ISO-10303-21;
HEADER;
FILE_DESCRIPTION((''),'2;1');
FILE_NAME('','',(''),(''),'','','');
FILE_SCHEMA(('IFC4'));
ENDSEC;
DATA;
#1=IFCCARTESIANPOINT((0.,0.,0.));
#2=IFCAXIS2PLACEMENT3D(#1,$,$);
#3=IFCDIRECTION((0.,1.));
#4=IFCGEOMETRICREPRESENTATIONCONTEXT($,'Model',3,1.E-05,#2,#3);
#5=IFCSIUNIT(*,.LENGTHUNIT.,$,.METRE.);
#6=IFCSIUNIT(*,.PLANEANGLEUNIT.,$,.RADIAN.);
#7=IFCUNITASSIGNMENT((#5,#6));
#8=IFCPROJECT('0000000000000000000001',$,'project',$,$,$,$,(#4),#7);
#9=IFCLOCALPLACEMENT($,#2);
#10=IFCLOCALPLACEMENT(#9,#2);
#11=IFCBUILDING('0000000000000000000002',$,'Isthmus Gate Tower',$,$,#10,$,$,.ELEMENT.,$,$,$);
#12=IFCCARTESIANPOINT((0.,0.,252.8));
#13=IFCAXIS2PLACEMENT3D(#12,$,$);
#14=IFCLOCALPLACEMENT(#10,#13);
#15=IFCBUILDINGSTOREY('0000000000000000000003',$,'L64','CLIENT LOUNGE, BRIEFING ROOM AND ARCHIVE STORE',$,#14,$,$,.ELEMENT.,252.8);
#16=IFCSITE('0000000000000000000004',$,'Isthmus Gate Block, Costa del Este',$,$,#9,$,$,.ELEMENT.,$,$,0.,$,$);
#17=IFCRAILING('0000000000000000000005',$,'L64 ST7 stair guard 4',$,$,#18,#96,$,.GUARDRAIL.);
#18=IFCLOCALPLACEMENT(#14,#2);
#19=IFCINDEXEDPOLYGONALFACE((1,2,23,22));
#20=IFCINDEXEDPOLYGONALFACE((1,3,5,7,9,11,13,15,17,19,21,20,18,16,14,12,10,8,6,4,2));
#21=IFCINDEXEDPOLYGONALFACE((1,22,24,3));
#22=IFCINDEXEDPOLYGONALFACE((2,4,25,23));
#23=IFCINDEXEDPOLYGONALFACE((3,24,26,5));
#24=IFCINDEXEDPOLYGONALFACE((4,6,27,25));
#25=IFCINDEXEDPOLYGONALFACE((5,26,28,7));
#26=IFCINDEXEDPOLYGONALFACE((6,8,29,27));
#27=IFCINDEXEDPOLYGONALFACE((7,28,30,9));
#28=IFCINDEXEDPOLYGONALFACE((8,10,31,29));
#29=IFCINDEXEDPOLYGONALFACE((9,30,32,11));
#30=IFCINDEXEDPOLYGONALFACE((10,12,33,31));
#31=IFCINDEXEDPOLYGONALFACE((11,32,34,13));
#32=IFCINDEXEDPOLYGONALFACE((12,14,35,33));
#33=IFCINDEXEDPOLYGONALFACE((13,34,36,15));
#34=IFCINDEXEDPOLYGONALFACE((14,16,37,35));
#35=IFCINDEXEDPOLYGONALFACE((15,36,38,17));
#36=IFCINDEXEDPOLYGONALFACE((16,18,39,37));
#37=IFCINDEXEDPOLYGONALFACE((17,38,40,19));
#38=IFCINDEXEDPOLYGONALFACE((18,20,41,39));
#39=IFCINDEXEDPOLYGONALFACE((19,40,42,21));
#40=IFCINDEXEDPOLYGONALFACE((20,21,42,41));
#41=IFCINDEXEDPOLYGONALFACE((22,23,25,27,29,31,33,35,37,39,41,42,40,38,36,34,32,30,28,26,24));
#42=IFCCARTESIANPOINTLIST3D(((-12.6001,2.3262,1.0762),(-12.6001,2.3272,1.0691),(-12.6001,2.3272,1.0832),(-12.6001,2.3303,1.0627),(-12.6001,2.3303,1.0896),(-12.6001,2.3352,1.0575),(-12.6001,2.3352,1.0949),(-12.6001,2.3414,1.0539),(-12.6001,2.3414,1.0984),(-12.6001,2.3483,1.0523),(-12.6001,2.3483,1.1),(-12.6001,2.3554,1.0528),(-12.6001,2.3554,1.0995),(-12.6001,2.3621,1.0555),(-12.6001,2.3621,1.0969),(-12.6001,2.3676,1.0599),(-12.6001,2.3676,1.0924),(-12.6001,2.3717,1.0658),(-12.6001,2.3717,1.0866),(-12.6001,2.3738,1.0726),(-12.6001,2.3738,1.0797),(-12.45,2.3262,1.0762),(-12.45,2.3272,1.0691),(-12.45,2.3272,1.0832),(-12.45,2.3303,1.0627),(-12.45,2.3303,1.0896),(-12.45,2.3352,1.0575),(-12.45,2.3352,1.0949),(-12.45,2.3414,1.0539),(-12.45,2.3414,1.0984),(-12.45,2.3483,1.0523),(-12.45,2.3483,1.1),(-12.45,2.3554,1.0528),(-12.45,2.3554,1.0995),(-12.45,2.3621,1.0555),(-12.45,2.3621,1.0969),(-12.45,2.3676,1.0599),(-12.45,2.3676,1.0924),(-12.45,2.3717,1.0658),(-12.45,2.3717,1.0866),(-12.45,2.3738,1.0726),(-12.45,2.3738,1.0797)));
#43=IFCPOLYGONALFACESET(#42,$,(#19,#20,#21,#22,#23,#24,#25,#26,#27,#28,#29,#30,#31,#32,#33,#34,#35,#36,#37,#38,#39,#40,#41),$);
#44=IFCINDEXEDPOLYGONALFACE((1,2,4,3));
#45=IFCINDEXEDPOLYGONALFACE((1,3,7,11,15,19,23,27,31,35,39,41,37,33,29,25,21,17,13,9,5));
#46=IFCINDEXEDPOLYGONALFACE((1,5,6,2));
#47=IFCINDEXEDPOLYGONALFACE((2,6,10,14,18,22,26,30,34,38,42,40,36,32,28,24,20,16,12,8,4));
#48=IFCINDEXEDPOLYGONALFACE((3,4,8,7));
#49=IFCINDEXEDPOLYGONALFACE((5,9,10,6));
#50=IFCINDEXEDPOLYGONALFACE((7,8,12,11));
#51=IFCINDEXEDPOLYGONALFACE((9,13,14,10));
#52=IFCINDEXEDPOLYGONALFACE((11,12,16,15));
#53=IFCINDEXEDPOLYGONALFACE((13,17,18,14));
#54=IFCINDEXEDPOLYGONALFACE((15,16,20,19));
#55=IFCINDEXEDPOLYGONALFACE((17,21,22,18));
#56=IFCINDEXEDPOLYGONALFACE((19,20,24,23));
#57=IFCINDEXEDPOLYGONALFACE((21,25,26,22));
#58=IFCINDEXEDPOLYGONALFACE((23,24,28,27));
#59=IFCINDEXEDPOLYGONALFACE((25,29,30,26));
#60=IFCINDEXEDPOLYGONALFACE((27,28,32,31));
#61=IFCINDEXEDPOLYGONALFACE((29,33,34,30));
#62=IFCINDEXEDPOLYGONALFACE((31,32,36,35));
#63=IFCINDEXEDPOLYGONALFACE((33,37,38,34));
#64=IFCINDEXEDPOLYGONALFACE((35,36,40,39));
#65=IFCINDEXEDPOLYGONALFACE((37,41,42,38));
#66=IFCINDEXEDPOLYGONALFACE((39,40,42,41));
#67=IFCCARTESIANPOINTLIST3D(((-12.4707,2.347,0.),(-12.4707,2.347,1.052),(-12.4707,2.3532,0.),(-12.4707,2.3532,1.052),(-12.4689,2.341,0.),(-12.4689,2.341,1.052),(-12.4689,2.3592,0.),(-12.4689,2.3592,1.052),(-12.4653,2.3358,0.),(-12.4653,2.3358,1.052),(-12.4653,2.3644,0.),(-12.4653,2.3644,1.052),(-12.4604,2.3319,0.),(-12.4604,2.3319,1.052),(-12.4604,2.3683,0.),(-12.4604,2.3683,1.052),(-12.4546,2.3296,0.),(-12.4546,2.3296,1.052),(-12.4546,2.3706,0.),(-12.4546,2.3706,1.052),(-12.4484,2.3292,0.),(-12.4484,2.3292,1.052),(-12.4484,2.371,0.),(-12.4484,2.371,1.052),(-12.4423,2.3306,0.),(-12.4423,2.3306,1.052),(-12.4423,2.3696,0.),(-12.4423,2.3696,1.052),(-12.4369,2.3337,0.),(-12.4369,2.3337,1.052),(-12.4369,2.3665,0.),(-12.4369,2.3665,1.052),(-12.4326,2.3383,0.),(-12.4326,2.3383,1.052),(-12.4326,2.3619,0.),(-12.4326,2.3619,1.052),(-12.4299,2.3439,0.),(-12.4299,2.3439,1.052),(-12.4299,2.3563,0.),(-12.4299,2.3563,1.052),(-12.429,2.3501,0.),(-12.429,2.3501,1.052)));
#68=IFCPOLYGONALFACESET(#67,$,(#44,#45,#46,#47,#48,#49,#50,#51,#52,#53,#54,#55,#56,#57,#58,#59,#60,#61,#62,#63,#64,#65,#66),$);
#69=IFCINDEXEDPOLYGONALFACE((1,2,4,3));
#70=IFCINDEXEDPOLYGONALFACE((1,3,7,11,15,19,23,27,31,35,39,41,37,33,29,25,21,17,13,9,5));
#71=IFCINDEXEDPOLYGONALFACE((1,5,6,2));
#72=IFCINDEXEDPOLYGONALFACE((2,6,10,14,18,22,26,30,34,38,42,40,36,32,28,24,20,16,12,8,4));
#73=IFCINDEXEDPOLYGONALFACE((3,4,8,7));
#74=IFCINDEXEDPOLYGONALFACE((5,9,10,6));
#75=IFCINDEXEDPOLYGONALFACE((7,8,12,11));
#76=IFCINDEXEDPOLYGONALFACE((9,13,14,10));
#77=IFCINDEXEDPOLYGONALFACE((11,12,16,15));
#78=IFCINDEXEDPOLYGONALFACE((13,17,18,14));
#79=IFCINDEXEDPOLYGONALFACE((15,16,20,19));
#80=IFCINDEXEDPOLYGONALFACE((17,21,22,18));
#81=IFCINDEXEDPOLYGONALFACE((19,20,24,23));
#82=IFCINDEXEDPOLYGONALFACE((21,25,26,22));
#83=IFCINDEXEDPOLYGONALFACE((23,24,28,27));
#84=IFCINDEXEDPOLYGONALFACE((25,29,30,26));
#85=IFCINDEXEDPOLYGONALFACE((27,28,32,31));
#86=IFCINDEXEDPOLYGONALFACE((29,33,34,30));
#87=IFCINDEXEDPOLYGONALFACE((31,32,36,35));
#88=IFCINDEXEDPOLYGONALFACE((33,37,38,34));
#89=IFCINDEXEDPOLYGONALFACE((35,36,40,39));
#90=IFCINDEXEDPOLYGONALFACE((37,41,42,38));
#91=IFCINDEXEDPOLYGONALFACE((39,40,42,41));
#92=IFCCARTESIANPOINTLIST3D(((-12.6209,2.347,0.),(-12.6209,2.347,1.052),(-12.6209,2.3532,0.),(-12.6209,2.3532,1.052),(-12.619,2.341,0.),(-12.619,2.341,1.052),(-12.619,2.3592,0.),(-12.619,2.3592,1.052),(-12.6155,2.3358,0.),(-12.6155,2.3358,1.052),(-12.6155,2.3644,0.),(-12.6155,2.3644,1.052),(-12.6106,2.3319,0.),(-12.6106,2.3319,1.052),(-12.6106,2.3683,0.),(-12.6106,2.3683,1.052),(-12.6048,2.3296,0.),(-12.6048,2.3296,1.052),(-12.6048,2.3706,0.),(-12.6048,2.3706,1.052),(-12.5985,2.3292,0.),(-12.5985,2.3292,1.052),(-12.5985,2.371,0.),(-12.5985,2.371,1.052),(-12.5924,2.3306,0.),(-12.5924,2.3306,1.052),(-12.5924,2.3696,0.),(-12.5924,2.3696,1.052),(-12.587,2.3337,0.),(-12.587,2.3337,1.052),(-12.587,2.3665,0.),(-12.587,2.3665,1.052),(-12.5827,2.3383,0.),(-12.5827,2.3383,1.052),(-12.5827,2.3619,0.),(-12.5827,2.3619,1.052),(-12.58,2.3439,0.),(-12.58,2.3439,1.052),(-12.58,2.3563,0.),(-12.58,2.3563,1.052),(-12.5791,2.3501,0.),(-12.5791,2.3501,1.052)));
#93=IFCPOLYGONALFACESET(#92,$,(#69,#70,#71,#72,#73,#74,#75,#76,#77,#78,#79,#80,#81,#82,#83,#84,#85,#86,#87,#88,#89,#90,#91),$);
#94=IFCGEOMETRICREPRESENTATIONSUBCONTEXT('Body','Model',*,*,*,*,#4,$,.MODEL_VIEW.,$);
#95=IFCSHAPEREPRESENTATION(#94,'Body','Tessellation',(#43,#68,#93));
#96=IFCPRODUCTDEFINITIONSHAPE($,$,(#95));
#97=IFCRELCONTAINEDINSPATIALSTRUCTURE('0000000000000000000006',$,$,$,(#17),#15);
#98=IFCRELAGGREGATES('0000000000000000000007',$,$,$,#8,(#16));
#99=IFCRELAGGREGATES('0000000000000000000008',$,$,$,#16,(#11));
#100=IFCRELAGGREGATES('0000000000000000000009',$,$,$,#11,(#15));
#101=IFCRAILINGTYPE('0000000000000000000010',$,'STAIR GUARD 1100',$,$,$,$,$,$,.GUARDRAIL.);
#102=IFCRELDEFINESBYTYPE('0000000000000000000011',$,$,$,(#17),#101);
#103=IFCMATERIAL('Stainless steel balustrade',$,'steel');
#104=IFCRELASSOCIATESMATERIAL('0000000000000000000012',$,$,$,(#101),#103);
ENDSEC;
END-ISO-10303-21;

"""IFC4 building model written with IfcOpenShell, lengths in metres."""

from ifc_helpers import new_model, si_unit, direction, frame, origin, origin_2d, place, context, subcontext, project, spatial, circle, extrude, material, type_object, element, save


model = new_model("IFC4")

# Units and contexts
model_context = context("Model", 3, precision=1e-05, world=origin(), true_north=direction((0.0, 1.0)))
body_context = subcontext(model_context, "Body", "Model", "MODEL_VIEW")
ifc_project = project(units=[si_unit("LENGTHUNIT", "METRE"), si_unit("PLANEANGLEUNIT", "RADIAN")], contexts=[model_context])

# Site, building, storey
site_placement = place(None, origin())
site = spatial("IfcSite", under=ifc_project, at=site_placement, Name="Isthmus Gate Block, Costa del Este", CompositionType="ELEMENT", RefElevation=0.0)
building_placement = place(site_placement, origin())
building = spatial("IfcBuilding", under=site, at=building_placement, Name="Isthmus Gate Tower", CompositionType="ELEMENT")
storey_placement = place(building_placement, frame((0.0, 0.0, 252.8)))
storey = spatial("IfcBuildingStorey", under=building, at=storey_placement, Name="L64", Description="CLIENT LOUNGE, BRIEFING ROOM AND ARCHIVE STORE", CompositionType="ELEMENT", Elevation=252.8)

# Railing
ifc_material_1 = material(Name="Stainless steel balustrade", Category="steel")
railing_type_1 = type_object("IfcRailingType", Name="STAIR GUARD 1100", PredefinedType="GUARDRAIL", material=ifc_material_1)
railing_1_placement = place(storey_placement, frame((-12.45, 2.3501, 0.0)))
element("IfcRailing", 1, at=railing_1_placement, inside=storey, type_object=railing_type_1, Name="L64 ST7 stair guard 4", PredefinedType="GUARDRAIL", context=body_context, shape_type="SweptSolid", body=[
    extrude(circle(Radius=0.0239, at=origin_2d()), frame((0.0, 0.0, 1.0762), z_axis=(-1.0, 0.0, 0.0), x_axis=(0.0, -1.0, 0.0)), (0.0, 0.0, 1.0), 0.1501),
    extrude(circle(Radius=0.021, at=origin_2d()), origin(), (0.0, 0.0, 1.0), 1.052),
    extrude(circle(Radius=0.021, at=origin_2d()), frame((-0.1501, 0.0, 0.0)), (0.0, 0.0, 1.0), 1.052),
])

save(model, "model.ifc")
